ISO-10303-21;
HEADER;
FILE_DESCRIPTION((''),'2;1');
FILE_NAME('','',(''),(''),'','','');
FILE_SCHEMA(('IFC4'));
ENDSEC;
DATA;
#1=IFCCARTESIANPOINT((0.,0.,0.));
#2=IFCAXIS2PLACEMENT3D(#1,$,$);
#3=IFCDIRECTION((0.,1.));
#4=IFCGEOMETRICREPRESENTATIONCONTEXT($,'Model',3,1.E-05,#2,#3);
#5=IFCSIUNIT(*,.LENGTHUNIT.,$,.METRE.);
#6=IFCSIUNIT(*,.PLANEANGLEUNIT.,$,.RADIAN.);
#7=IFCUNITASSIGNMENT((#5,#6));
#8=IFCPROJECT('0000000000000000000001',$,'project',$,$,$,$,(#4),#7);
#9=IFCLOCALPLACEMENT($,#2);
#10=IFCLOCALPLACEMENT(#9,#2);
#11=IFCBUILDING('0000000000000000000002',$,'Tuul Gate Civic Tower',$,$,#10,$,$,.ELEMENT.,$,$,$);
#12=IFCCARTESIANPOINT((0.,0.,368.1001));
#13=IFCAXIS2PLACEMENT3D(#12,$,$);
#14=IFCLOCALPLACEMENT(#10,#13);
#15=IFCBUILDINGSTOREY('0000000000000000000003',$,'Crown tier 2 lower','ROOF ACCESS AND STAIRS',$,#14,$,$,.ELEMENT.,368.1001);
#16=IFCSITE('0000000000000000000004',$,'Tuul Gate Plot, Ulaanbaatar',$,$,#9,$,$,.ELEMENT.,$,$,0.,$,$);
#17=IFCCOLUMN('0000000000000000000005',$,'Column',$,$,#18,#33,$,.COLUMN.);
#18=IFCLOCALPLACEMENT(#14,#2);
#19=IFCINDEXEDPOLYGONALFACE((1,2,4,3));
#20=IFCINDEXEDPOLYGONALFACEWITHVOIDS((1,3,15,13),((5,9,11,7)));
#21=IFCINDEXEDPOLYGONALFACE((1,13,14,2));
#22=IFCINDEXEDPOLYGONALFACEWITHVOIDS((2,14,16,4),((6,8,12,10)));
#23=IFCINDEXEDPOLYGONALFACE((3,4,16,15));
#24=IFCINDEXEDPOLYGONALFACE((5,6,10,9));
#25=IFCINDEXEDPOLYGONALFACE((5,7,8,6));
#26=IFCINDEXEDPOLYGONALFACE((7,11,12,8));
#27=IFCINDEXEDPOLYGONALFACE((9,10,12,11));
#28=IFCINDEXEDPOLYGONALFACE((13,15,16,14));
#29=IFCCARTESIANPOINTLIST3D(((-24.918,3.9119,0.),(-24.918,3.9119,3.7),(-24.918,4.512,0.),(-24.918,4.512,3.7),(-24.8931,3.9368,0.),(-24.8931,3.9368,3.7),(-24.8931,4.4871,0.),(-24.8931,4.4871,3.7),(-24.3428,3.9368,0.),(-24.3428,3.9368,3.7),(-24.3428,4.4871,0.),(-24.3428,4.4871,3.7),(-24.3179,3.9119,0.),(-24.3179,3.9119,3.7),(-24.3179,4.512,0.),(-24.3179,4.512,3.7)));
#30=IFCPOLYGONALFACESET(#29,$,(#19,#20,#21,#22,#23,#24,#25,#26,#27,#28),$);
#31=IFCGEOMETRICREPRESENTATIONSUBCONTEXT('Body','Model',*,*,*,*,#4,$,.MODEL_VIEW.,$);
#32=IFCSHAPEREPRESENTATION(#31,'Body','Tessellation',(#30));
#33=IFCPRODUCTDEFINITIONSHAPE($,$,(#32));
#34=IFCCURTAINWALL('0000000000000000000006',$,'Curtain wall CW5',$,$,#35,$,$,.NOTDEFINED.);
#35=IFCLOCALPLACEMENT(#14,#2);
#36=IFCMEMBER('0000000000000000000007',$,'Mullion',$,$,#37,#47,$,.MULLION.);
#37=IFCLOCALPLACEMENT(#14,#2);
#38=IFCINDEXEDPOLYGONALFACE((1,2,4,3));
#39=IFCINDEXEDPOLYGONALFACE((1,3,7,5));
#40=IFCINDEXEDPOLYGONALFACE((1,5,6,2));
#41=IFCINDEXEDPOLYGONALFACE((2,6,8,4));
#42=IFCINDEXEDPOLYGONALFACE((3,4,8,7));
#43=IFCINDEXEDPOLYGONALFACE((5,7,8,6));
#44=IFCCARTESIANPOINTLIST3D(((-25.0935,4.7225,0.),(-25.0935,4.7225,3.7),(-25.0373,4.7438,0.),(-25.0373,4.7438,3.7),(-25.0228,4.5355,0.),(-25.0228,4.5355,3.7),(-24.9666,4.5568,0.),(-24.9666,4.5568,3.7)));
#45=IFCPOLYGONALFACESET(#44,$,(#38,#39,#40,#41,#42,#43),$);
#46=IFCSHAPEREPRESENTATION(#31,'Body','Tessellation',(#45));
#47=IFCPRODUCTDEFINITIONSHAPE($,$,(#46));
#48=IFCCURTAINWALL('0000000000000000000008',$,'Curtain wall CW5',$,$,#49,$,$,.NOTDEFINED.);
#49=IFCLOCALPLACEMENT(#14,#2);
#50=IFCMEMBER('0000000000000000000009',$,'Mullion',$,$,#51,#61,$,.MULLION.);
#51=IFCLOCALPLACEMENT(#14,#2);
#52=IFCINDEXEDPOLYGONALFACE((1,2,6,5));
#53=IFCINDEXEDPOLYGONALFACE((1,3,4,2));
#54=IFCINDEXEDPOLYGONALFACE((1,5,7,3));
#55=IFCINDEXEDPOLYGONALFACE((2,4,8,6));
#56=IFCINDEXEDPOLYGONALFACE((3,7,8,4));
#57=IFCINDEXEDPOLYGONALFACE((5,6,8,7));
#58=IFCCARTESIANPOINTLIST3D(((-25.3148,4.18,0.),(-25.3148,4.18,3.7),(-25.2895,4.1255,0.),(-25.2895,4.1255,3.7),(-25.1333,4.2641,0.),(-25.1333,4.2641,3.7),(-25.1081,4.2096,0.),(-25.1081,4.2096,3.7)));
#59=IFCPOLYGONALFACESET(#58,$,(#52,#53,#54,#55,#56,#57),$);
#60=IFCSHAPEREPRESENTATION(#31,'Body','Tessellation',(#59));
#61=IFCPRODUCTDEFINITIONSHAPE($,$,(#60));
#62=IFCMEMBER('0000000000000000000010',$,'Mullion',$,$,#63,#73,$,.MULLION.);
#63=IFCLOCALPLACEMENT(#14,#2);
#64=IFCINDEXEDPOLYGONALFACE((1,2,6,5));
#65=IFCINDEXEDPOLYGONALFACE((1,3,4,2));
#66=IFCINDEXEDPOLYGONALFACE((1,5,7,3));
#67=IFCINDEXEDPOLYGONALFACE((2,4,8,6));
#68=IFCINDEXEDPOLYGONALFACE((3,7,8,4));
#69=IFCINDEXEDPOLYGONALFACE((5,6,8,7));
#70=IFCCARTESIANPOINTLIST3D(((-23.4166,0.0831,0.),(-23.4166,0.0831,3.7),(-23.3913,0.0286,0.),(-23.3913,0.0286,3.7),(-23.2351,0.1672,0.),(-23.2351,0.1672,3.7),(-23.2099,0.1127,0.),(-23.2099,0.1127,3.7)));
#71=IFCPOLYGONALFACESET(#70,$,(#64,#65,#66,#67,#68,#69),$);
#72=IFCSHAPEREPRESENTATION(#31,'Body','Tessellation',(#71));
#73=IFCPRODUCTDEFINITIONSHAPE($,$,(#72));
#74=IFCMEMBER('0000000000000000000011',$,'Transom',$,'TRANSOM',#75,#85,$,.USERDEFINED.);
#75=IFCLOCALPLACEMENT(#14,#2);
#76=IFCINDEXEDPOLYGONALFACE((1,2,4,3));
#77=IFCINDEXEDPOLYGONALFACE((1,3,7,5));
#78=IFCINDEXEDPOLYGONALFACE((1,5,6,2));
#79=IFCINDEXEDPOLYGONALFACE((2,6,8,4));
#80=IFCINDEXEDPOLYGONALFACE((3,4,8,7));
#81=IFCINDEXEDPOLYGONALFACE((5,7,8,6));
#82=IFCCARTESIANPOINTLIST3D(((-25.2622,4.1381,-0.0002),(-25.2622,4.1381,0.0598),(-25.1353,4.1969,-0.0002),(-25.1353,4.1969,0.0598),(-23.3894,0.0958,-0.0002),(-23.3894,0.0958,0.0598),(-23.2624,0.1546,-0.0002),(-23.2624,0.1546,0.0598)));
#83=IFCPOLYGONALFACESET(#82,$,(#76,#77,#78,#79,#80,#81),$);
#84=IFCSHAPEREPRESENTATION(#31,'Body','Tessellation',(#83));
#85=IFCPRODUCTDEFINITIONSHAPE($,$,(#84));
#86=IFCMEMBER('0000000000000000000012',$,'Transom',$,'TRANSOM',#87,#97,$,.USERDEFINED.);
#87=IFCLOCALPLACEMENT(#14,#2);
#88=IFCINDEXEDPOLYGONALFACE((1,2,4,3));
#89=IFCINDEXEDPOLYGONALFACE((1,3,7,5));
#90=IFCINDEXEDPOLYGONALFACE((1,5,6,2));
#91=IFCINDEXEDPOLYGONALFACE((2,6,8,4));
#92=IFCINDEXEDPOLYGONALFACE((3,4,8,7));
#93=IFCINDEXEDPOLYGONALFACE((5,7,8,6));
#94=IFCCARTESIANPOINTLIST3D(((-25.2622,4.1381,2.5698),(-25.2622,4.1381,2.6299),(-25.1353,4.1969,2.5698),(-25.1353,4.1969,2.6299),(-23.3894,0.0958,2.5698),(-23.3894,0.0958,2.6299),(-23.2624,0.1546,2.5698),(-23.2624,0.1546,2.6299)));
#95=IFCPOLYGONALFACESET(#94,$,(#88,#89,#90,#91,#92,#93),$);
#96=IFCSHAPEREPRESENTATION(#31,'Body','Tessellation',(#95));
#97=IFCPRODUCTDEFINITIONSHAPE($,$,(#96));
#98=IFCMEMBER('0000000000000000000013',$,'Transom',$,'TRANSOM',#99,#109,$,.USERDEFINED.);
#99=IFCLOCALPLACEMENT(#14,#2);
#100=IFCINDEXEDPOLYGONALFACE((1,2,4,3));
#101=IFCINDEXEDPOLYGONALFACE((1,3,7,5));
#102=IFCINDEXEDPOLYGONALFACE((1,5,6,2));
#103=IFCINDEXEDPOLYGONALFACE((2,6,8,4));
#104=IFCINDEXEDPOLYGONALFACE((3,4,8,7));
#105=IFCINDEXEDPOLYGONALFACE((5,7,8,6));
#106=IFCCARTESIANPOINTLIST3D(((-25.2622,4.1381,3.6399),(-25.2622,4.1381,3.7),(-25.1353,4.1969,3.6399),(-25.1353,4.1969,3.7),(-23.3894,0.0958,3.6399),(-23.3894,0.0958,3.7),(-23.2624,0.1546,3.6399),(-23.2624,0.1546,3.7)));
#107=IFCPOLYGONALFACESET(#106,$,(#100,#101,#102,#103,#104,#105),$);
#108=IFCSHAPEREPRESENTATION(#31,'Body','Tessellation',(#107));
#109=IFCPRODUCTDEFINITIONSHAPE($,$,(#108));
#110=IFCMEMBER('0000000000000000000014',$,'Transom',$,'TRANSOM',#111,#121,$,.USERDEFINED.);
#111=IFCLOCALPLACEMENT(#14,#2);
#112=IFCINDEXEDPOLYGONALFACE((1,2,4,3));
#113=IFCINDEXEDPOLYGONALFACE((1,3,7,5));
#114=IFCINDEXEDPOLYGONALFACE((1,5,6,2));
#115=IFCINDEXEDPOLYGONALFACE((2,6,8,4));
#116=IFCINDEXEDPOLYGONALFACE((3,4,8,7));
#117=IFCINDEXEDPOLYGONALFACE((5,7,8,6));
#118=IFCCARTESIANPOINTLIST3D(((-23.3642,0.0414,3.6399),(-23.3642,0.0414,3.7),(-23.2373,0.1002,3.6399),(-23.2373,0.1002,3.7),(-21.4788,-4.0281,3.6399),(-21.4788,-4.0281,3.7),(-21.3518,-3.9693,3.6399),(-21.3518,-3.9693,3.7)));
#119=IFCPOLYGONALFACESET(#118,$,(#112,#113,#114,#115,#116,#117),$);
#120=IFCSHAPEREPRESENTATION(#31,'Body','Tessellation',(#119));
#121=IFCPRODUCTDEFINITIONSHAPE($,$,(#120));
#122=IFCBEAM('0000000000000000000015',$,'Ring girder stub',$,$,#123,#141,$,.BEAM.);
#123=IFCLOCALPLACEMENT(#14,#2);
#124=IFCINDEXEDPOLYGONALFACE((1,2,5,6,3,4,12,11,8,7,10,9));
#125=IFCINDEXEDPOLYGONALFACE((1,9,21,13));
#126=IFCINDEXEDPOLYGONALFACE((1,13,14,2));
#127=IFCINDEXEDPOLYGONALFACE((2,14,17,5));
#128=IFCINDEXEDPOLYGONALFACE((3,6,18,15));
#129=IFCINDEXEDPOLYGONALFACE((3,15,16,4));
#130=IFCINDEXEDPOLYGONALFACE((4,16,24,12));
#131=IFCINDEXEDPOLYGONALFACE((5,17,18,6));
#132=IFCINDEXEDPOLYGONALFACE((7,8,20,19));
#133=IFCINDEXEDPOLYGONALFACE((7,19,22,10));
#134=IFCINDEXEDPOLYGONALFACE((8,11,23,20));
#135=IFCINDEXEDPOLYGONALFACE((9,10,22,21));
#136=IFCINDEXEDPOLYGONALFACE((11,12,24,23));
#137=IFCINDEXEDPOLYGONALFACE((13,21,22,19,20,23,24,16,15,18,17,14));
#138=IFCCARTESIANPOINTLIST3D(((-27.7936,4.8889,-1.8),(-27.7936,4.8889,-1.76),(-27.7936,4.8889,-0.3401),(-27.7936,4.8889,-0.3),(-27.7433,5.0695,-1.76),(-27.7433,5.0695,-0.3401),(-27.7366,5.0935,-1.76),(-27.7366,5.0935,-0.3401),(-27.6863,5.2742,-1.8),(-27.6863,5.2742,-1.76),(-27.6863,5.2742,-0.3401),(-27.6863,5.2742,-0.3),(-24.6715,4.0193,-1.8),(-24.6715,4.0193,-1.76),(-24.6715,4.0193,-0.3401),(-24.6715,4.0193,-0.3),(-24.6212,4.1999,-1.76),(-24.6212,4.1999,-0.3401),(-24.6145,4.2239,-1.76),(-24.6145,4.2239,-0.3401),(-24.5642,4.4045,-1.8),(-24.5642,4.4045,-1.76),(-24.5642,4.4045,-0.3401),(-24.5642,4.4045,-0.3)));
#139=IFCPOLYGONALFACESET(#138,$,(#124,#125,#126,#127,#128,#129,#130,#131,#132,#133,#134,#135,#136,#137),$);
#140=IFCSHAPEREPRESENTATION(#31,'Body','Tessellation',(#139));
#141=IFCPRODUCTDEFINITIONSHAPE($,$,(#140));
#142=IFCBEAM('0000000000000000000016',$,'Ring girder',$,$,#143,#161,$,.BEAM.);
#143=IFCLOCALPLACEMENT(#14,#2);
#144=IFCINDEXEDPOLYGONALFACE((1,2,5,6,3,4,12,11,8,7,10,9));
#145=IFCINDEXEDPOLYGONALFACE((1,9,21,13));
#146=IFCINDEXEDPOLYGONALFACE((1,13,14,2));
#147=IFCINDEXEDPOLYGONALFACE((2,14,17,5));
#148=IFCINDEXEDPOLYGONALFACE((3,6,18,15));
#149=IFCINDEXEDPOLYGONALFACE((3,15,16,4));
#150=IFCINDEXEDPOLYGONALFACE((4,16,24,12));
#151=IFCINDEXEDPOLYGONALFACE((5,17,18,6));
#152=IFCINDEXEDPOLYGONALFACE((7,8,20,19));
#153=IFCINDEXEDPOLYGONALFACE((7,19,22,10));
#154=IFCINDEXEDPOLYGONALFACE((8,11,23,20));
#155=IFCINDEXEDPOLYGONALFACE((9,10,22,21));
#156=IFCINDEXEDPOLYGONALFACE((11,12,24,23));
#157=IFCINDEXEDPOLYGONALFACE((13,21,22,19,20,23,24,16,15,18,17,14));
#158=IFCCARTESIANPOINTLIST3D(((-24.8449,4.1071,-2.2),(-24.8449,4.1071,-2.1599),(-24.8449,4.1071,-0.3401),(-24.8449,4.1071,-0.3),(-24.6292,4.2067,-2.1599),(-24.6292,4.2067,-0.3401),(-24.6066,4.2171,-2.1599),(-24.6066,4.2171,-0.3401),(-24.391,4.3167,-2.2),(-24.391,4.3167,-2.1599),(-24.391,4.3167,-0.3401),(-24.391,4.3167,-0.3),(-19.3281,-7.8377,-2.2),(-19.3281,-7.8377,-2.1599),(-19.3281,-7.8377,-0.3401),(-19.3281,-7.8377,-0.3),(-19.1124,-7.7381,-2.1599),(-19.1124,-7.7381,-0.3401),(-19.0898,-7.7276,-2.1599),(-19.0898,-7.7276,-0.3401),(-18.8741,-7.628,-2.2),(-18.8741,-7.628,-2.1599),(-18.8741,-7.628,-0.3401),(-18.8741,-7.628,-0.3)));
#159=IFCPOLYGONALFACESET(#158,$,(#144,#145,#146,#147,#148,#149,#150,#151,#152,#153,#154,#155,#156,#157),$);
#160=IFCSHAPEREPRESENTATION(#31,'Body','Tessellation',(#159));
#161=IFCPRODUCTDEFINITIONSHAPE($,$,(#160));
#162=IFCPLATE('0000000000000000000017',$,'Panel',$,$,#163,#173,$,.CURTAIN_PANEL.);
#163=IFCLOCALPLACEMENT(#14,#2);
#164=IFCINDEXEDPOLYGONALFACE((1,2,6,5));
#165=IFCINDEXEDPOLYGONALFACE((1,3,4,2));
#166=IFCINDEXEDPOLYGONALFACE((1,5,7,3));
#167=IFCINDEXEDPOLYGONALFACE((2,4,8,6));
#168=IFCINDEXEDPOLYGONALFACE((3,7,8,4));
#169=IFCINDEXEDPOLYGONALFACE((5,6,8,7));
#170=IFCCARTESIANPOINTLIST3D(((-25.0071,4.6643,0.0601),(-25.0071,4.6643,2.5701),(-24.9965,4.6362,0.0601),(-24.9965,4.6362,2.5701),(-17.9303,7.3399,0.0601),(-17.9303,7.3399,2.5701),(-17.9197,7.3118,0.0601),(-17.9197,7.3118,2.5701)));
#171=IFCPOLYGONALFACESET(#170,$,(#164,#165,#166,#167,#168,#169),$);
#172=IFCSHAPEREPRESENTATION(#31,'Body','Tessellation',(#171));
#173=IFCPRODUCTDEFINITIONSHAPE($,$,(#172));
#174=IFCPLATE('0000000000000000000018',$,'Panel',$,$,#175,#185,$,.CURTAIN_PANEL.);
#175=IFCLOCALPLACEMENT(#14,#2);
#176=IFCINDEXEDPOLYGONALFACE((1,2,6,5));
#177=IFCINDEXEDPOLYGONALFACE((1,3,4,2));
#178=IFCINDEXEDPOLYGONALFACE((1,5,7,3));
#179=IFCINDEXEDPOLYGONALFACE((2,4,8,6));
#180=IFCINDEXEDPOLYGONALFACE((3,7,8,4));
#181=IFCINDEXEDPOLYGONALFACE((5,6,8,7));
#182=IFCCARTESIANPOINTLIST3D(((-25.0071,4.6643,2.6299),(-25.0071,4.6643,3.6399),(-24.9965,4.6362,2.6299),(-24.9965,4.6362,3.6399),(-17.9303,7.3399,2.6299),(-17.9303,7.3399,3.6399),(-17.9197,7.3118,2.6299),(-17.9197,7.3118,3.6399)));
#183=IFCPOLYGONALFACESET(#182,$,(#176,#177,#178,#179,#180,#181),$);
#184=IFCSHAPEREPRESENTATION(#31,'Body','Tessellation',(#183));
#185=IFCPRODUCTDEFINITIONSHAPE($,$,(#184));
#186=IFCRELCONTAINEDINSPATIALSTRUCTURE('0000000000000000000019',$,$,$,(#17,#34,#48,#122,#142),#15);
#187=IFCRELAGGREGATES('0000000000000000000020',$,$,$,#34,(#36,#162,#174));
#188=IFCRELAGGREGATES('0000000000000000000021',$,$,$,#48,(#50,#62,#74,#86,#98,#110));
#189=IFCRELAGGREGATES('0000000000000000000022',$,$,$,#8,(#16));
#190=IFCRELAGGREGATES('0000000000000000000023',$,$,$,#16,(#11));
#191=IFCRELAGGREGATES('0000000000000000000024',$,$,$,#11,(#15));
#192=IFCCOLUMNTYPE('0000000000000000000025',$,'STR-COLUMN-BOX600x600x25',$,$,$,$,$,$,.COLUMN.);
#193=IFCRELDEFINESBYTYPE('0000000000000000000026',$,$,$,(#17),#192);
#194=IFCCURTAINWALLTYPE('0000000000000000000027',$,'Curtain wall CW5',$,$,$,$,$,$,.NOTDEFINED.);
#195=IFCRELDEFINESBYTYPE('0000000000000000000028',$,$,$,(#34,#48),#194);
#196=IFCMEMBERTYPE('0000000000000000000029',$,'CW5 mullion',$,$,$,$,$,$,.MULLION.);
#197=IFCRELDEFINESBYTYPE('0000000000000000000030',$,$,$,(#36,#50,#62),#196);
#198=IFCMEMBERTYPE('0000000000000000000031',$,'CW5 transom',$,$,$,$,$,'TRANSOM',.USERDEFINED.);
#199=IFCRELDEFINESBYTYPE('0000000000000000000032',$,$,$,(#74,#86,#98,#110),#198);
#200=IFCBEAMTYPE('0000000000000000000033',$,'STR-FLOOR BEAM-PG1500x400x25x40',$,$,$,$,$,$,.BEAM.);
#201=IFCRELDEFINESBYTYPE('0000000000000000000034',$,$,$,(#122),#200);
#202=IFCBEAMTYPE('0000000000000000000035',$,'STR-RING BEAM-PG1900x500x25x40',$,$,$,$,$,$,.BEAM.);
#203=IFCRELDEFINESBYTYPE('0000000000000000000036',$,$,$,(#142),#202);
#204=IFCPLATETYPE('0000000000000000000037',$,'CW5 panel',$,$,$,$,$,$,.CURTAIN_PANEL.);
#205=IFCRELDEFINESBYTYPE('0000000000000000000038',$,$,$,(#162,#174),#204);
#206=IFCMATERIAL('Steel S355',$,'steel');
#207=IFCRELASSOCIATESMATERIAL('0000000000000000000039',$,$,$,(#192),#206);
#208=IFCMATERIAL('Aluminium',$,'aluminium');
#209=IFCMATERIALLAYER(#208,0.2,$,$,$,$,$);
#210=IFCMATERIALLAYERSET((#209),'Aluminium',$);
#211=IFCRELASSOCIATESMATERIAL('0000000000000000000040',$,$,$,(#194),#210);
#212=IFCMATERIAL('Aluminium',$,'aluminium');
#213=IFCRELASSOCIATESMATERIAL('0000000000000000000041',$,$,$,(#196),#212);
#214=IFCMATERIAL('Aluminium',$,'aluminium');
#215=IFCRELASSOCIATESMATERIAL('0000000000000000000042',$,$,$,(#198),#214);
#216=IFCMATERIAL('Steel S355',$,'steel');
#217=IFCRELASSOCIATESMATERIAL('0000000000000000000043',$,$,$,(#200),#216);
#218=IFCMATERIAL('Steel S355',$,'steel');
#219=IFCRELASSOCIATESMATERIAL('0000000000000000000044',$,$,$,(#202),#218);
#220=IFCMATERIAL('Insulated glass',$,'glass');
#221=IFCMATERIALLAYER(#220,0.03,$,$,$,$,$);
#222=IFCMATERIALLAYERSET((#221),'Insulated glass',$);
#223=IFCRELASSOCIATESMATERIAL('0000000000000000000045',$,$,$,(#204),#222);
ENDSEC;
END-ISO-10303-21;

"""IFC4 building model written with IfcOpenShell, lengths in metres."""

from ifc_helpers import new_model, si_unit, direction, frame, origin, origin_2d, place, context, subcontext, project, spatial, rectangle, hollow_rectangle, i_section, extrude, material, layer, layer_set, material_profile, profile_set, type_object, element, aggregate, save


model = new_model("IFC4")

# Units and contexts
model_context = context("Model", 3, precision=1e-05, world=origin(), true_north=direction((0.0, 1.0)))
body_context = subcontext(model_context, "Body", "Model", "MODEL_VIEW")
ifc_project = project(units=[si_unit("LENGTHUNIT", "METRE"), si_unit("PLANEANGLEUNIT", "RADIAN")], contexts=[model_context])

# Site, building, storey
site_placement = place(None, origin())
site = spatial("IfcSite", under=ifc_project, at=site_placement, Name="Tuul Gate Plot, Ulaanbaatar", CompositionType="ELEMENT", RefElevation=0.0)
building_placement = place(site_placement, origin())
building = spatial("IfcBuilding", under=site, at=building_placement, Name="Tuul Gate Civic Tower", CompositionType="ELEMENT")
storey_placement = place(building_placement, frame((0.0, 0.0, 368.1001)))
storey = spatial("IfcBuildingStorey", under=building, at=storey_placement, Name="Crown tier 2 lower", Description="ROOF ACCESS AND STAIRS", CompositionType="ELEMENT", Elevation=368.1001)

# Column
ifc_material_1 = material(Name="Steel S355", Category="steel")
ifc_material_profile_1 = material_profile(ifc_material_1, hollow_rectangle(XDim=0.6001, YDim=0.6001, WallThickness=0.0249, at=origin_2d()), Name="BOX600x600x25")
ifc_profile_set_1 = profile_set([ifc_material_profile_1], Name="Steel S355")
column_type = type_object("IfcColumnType", Name="STR-COLUMN-BOX600x600x25", PredefinedType="COLUMN", material=ifc_profile_set_1)
column_placement = place(storey_placement, frame((-24.6179, 4.2119, 0.0), z_axis=(0.0, 0.0, 1.0), x_axis=(1.0, 0.0, 0.0)))
element("IfcColumn", 1, at=column_placement, inside=storey, type_object=column_type, Name="Column", PredefinedType="COLUMN", context=body_context, shape_type="SweptSolid", body=[
    extrude(hollow_rectangle(XDim=0.6001, YDim=0.6001, WallThickness=0.0249, at=origin_2d()), origin(), (0.0, 0.0, 1.0), 3.7),
])

# Curtain wall, member
ifc_material_2 = material(Name="Aluminium", Category="aluminium")
ifc_layer_1 = layer(ifc_material_2, 0.2)
ifc_layer_set_1 = layer_set([ifc_layer_1], Name="Aluminium")
curtain_wall_type = type_object("IfcCurtainWallType", Name="Curtain wall CW5", PredefinedType="NOTDEFINED", material=ifc_layer_set_1)
curtain_wall_1_placement = place(storey_placement, origin())
curtain_wall_1 = element("IfcCurtainWall", 2, at=curtain_wall_1_placement, inside=storey, type_object=curtain_wall_type, Name="Curtain wall CW5", PredefinedType="NOTDEFINED")
ifc_material_3 = material(Name="Aluminium", Category="aluminium")
ifc_material_profile_2 = material_profile(ifc_material_3, rectangle(XDim=0.2, YDim=0.0601, at=origin_2d()), Name="CW5 mullion")
ifc_profile_set_2 = profile_set([ifc_material_profile_2], Name="Aluminium")
member_type_1 = type_object("IfcMemberType", Name="CW5 mullion", PredefinedType="MULLION", material=ifc_profile_set_2)
member_1_placement = place(storey_placement, frame((-25.03, 4.6396, 0.0), z_axis=(0.0, 0.0, 1.0), x_axis=(0.353646, -0.935379, 0.0)))
member_1 = element("IfcMember", 3, at=member_1_placement, type_object=member_type_1, Name="Mullion", PredefinedType="MULLION", context=body_context, shape_type="SweptSolid", body=[
    extrude(rectangle(XDim=0.2, YDim=0.0601, at=origin_2d()), origin(), (0.0, 0.0, 1.0), 3.7),
])

# Curtain wall, members
curtain_wall_2_placement = place(storey_placement, origin())
curtain_wall_2 = element("IfcCurtainWall", 4, at=curtain_wall_2_placement, inside=storey, type_object=curtain_wall_type, Name="Curtain wall CW5", PredefinedType="NOTDEFINED")
member_2_placement = place(storey_placement, frame((-25.2114, 4.1948, 0.0), z_axis=(0.0, 0.0, 1.0), x_axis=(0.907349, 0.420379, 0.0)))
member_2 = element("IfcMember", 5, at=member_2_placement, type_object=member_type_1, Name="Mullion", PredefinedType="MULLION", context=body_context, shape_type="SweptSolid", body=[
    extrude(rectangle(XDim=0.2, YDim=0.0601, at=origin_2d()), origin(), (0.0, 0.0, 1.0), 3.7),
])
member_3_placement = place(storey_placement, frame((-23.3132, 0.0979, 0.0), z_axis=(0.0, 0.0, 1.0), x_axis=(0.907349, 0.420379, 0.0)))
member_3 = element("IfcMember", 6, at=member_3_placement, type_object=member_type_1, Name="Mullion", PredefinedType="MULLION", context=body_context, shape_type="SweptSolid", body=[
    extrude(rectangle(XDim=0.2, YDim=0.0601, at=origin_2d()), origin(), (0.0, 0.0, 1.0), 3.7),
])
ifc_material_4 = material(Name="Aluminium", Category="aluminium")
ifc_material_profile_3 = material_profile(ifc_material_4, rectangle(XDim=0.1399, YDim=0.0601, at=origin_2d()), Name="CW5 transom")
ifc_profile_set_3 = profile_set([ifc_material_profile_3], Name="Aluminium")
member_type_2 = type_object("IfcMemberType", Name="CW5 transom", ElementType="TRANSOM", PredefinedType="USERDEFINED", material=ifc_profile_set_3)
member_4_placement = place(storey_placement, frame((-25.1987, 4.1675, 0.0298), z_axis=(0.420382, -0.907347, 0.0), x_axis=(0.907347, 0.420382, 0.0)))
member_4 = element("IfcMember", 7, at=member_4_placement, type_object=member_type_2, Name="Transom", ObjectType="TRANSOM", PredefinedType="USERDEFINED", context=body_context, shape_type="SweptSolid", body=[
    extrude(rectangle(XDim=0.1399, YDim=0.0601, at=origin_2d()), origin(), (0.0, 0.0, 1.0), 4.4551),
])
member_5_placement = place(storey_placement, frame((-25.1987, 4.1675, 2.5999), z_axis=(0.420382, -0.907347, 0.0), x_axis=(0.907347, 0.420382, 0.0)))
member_5 = element("IfcMember", 8, at=member_5_placement, type_object=member_type_2, Name="Transom", ObjectType="TRANSOM", PredefinedType="USERDEFINED", context=body_context, shape_type="SweptSolid", body=[
    extrude(rectangle(XDim=0.1399, YDim=0.0601, at=origin_2d()), origin(), (0.0, 0.0, 1.0), 4.4551),
])
member_6_placement = place(storey_placement, frame((-25.1987, 4.1675, 3.6699), z_axis=(0.420382, -0.907347, 0.0), x_axis=(0.907347, 0.420382, 0.0)))
member_6 = element("IfcMember", 9, at=member_6_placement, type_object=member_type_2, Name="Transom", ObjectType="TRANSOM", PredefinedType="USERDEFINED", context=body_context, shape_type="SweptSolid", body=[
    extrude(rectangle(XDim=0.1399, YDim=0.0601, at=origin_2d()), origin(), (0.0, 0.0, 1.0), 4.4551),
])
member_7_placement = place(storey_placement, frame((-23.3008, 0.0708, 3.6699), z_axis=(0.420387, -0.907345, 0.0), x_axis=(0.907345, 0.420387, 0.0)))
member_7 = element("IfcMember", 10, at=member_7_placement, type_object=member_type_2, Name="Transom", ObjectType="TRANSOM", PredefinedType="USERDEFINED", context=body_context, shape_type="SweptSolid", body=[
    extrude(rectangle(XDim=0.1399, YDim=0.0601, at=origin_2d()), origin(), (0.0, 0.0, 1.0), 4.4851),
])

# Beams
ifc_material_5 = material(Name="Steel S355", Category="steel")
ifc_material_profile_4 = material_profile(ifc_material_5, i_section(OverallWidth=0.3999, OverallDepth=1.5, WebThickness=0.0249, FlangeThickness=0.04, at=origin_2d()), Name="PG1500x400x25x40")
ifc_profile_set_4 = profile_set([ifc_material_profile_4], Name="Steel S355")
beam_type_1 = type_object("IfcBeamType", Name="STR-FLOOR BEAM-PG1500x400x25x40", PredefinedType="BEAM", material=ifc_profile_set_4)
beam_1_placement = place(storey_placement, frame((-27.74, 5.0815, -1.05), z_axis=(0.963328, -0.268328, 0.0), x_axis=(0.268328, 0.963328, 0.0)))
element("IfcBeam", 11, at=beam_1_placement, inside=storey, type_object=beam_type_1, Name="Ring girder stub", PredefinedType="BEAM", context=body_context, shape_type="SweptSolid", body=[
    extrude(i_section(OverallWidth=0.3999, OverallDepth=1.5, WebThickness=0.0249, FlangeThickness=0.04, at=origin_2d()), origin(), (0.0, 0.0, 1.0), 3.241),
])
ifc_material_6 = material(Name="Steel S355", Category="steel")
ifc_material_profile_5 = material_profile(ifc_material_6, i_section(OverallWidth=0.5, OverallDepth=1.8999, WebThickness=0.0249, FlangeThickness=0.04, at=origin_2d()), Name="PG1900x500x25x40")
ifc_profile_set_5 = profile_set([ifc_material_profile_5], Name="Steel S355")
beam_type_2 = type_object("IfcBeamType", Name="STR-RING BEAM-PG1900x500x25x40", PredefinedType="BEAM", material=ifc_profile_set_5)
beam_2_placement = place(storey_placement, frame((-24.6179, 4.2119, -1.25), z_axis=(0.419299, -0.907848, 0.0), x_axis=(0.907848, 0.419299, 0.0)))
element("IfcBeam", 12, at=beam_2_placement, inside=storey, type_object=beam_type_2, Name="Ring girder", PredefinedType="BEAM", context=body_context, shape_type="SweptSolid", body=[
    extrude(i_section(OverallWidth=0.5, OverallDepth=1.8999, WebThickness=0.0249, FlangeThickness=0.04, at=origin_2d()), origin(), (0.0, 0.0, 1.0), 13.1572),
])

# Plates
ifc_material_7 = material(Name="Insulated glass", Category="glass")
ifc_layer_2 = layer(ifc_material_7, 0.03)
ifc_layer_set_2 = layer_set([ifc_layer_2], Name="Insulated glass")
plate_type = type_object("IfcPlateType", Name="CW5 panel", PredefinedType="CURTAIN_PANEL", material=ifc_layer_set_2)
plate_1_placement = place(storey_placement, frame((-21.4634, 5.988, 0.0601), z_axis=(0.0, 0.0, 1.0), x_axis=(-0.935379, -0.353646, 0.0)))
plate_1 = element("IfcPlate", 13, at=plate_1_placement, type_object=plate_type, Name="Panel", PredefinedType="CURTAIN_PANEL", context=body_context, shape_type="SweptSolid", body=[
    extrude(rectangle(XDim=7.5657, YDim=0.03, at=origin_2d()), origin(), (0.0, 0.0, 1.0), 2.51),
])
plate_2_placement = place(storey_placement, frame((-21.4634, 5.988, 2.6299), z_axis=(0.0, 0.0, 1.0), x_axis=(-0.935379, -0.353646, 0.0)))
plate_2 = element("IfcPlate", 14, at=plate_2_placement, type_object=plate_type, Name="Panel", PredefinedType="CURTAIN_PANEL", context=body_context, shape_type="SweptSolid", body=[
    extrude(rectangle(XDim=7.5657, YDim=0.03, at=origin_2d()), origin(), (0.0, 0.0, 1.0), 1.01),
])
aggregate(curtain_wall_1, [member_1, plate_1, plate_2])
aggregate(curtain_wall_2, [member_2, member_3, member_4, member_5, member_6, member_7])

save(model, "model.ifc")
